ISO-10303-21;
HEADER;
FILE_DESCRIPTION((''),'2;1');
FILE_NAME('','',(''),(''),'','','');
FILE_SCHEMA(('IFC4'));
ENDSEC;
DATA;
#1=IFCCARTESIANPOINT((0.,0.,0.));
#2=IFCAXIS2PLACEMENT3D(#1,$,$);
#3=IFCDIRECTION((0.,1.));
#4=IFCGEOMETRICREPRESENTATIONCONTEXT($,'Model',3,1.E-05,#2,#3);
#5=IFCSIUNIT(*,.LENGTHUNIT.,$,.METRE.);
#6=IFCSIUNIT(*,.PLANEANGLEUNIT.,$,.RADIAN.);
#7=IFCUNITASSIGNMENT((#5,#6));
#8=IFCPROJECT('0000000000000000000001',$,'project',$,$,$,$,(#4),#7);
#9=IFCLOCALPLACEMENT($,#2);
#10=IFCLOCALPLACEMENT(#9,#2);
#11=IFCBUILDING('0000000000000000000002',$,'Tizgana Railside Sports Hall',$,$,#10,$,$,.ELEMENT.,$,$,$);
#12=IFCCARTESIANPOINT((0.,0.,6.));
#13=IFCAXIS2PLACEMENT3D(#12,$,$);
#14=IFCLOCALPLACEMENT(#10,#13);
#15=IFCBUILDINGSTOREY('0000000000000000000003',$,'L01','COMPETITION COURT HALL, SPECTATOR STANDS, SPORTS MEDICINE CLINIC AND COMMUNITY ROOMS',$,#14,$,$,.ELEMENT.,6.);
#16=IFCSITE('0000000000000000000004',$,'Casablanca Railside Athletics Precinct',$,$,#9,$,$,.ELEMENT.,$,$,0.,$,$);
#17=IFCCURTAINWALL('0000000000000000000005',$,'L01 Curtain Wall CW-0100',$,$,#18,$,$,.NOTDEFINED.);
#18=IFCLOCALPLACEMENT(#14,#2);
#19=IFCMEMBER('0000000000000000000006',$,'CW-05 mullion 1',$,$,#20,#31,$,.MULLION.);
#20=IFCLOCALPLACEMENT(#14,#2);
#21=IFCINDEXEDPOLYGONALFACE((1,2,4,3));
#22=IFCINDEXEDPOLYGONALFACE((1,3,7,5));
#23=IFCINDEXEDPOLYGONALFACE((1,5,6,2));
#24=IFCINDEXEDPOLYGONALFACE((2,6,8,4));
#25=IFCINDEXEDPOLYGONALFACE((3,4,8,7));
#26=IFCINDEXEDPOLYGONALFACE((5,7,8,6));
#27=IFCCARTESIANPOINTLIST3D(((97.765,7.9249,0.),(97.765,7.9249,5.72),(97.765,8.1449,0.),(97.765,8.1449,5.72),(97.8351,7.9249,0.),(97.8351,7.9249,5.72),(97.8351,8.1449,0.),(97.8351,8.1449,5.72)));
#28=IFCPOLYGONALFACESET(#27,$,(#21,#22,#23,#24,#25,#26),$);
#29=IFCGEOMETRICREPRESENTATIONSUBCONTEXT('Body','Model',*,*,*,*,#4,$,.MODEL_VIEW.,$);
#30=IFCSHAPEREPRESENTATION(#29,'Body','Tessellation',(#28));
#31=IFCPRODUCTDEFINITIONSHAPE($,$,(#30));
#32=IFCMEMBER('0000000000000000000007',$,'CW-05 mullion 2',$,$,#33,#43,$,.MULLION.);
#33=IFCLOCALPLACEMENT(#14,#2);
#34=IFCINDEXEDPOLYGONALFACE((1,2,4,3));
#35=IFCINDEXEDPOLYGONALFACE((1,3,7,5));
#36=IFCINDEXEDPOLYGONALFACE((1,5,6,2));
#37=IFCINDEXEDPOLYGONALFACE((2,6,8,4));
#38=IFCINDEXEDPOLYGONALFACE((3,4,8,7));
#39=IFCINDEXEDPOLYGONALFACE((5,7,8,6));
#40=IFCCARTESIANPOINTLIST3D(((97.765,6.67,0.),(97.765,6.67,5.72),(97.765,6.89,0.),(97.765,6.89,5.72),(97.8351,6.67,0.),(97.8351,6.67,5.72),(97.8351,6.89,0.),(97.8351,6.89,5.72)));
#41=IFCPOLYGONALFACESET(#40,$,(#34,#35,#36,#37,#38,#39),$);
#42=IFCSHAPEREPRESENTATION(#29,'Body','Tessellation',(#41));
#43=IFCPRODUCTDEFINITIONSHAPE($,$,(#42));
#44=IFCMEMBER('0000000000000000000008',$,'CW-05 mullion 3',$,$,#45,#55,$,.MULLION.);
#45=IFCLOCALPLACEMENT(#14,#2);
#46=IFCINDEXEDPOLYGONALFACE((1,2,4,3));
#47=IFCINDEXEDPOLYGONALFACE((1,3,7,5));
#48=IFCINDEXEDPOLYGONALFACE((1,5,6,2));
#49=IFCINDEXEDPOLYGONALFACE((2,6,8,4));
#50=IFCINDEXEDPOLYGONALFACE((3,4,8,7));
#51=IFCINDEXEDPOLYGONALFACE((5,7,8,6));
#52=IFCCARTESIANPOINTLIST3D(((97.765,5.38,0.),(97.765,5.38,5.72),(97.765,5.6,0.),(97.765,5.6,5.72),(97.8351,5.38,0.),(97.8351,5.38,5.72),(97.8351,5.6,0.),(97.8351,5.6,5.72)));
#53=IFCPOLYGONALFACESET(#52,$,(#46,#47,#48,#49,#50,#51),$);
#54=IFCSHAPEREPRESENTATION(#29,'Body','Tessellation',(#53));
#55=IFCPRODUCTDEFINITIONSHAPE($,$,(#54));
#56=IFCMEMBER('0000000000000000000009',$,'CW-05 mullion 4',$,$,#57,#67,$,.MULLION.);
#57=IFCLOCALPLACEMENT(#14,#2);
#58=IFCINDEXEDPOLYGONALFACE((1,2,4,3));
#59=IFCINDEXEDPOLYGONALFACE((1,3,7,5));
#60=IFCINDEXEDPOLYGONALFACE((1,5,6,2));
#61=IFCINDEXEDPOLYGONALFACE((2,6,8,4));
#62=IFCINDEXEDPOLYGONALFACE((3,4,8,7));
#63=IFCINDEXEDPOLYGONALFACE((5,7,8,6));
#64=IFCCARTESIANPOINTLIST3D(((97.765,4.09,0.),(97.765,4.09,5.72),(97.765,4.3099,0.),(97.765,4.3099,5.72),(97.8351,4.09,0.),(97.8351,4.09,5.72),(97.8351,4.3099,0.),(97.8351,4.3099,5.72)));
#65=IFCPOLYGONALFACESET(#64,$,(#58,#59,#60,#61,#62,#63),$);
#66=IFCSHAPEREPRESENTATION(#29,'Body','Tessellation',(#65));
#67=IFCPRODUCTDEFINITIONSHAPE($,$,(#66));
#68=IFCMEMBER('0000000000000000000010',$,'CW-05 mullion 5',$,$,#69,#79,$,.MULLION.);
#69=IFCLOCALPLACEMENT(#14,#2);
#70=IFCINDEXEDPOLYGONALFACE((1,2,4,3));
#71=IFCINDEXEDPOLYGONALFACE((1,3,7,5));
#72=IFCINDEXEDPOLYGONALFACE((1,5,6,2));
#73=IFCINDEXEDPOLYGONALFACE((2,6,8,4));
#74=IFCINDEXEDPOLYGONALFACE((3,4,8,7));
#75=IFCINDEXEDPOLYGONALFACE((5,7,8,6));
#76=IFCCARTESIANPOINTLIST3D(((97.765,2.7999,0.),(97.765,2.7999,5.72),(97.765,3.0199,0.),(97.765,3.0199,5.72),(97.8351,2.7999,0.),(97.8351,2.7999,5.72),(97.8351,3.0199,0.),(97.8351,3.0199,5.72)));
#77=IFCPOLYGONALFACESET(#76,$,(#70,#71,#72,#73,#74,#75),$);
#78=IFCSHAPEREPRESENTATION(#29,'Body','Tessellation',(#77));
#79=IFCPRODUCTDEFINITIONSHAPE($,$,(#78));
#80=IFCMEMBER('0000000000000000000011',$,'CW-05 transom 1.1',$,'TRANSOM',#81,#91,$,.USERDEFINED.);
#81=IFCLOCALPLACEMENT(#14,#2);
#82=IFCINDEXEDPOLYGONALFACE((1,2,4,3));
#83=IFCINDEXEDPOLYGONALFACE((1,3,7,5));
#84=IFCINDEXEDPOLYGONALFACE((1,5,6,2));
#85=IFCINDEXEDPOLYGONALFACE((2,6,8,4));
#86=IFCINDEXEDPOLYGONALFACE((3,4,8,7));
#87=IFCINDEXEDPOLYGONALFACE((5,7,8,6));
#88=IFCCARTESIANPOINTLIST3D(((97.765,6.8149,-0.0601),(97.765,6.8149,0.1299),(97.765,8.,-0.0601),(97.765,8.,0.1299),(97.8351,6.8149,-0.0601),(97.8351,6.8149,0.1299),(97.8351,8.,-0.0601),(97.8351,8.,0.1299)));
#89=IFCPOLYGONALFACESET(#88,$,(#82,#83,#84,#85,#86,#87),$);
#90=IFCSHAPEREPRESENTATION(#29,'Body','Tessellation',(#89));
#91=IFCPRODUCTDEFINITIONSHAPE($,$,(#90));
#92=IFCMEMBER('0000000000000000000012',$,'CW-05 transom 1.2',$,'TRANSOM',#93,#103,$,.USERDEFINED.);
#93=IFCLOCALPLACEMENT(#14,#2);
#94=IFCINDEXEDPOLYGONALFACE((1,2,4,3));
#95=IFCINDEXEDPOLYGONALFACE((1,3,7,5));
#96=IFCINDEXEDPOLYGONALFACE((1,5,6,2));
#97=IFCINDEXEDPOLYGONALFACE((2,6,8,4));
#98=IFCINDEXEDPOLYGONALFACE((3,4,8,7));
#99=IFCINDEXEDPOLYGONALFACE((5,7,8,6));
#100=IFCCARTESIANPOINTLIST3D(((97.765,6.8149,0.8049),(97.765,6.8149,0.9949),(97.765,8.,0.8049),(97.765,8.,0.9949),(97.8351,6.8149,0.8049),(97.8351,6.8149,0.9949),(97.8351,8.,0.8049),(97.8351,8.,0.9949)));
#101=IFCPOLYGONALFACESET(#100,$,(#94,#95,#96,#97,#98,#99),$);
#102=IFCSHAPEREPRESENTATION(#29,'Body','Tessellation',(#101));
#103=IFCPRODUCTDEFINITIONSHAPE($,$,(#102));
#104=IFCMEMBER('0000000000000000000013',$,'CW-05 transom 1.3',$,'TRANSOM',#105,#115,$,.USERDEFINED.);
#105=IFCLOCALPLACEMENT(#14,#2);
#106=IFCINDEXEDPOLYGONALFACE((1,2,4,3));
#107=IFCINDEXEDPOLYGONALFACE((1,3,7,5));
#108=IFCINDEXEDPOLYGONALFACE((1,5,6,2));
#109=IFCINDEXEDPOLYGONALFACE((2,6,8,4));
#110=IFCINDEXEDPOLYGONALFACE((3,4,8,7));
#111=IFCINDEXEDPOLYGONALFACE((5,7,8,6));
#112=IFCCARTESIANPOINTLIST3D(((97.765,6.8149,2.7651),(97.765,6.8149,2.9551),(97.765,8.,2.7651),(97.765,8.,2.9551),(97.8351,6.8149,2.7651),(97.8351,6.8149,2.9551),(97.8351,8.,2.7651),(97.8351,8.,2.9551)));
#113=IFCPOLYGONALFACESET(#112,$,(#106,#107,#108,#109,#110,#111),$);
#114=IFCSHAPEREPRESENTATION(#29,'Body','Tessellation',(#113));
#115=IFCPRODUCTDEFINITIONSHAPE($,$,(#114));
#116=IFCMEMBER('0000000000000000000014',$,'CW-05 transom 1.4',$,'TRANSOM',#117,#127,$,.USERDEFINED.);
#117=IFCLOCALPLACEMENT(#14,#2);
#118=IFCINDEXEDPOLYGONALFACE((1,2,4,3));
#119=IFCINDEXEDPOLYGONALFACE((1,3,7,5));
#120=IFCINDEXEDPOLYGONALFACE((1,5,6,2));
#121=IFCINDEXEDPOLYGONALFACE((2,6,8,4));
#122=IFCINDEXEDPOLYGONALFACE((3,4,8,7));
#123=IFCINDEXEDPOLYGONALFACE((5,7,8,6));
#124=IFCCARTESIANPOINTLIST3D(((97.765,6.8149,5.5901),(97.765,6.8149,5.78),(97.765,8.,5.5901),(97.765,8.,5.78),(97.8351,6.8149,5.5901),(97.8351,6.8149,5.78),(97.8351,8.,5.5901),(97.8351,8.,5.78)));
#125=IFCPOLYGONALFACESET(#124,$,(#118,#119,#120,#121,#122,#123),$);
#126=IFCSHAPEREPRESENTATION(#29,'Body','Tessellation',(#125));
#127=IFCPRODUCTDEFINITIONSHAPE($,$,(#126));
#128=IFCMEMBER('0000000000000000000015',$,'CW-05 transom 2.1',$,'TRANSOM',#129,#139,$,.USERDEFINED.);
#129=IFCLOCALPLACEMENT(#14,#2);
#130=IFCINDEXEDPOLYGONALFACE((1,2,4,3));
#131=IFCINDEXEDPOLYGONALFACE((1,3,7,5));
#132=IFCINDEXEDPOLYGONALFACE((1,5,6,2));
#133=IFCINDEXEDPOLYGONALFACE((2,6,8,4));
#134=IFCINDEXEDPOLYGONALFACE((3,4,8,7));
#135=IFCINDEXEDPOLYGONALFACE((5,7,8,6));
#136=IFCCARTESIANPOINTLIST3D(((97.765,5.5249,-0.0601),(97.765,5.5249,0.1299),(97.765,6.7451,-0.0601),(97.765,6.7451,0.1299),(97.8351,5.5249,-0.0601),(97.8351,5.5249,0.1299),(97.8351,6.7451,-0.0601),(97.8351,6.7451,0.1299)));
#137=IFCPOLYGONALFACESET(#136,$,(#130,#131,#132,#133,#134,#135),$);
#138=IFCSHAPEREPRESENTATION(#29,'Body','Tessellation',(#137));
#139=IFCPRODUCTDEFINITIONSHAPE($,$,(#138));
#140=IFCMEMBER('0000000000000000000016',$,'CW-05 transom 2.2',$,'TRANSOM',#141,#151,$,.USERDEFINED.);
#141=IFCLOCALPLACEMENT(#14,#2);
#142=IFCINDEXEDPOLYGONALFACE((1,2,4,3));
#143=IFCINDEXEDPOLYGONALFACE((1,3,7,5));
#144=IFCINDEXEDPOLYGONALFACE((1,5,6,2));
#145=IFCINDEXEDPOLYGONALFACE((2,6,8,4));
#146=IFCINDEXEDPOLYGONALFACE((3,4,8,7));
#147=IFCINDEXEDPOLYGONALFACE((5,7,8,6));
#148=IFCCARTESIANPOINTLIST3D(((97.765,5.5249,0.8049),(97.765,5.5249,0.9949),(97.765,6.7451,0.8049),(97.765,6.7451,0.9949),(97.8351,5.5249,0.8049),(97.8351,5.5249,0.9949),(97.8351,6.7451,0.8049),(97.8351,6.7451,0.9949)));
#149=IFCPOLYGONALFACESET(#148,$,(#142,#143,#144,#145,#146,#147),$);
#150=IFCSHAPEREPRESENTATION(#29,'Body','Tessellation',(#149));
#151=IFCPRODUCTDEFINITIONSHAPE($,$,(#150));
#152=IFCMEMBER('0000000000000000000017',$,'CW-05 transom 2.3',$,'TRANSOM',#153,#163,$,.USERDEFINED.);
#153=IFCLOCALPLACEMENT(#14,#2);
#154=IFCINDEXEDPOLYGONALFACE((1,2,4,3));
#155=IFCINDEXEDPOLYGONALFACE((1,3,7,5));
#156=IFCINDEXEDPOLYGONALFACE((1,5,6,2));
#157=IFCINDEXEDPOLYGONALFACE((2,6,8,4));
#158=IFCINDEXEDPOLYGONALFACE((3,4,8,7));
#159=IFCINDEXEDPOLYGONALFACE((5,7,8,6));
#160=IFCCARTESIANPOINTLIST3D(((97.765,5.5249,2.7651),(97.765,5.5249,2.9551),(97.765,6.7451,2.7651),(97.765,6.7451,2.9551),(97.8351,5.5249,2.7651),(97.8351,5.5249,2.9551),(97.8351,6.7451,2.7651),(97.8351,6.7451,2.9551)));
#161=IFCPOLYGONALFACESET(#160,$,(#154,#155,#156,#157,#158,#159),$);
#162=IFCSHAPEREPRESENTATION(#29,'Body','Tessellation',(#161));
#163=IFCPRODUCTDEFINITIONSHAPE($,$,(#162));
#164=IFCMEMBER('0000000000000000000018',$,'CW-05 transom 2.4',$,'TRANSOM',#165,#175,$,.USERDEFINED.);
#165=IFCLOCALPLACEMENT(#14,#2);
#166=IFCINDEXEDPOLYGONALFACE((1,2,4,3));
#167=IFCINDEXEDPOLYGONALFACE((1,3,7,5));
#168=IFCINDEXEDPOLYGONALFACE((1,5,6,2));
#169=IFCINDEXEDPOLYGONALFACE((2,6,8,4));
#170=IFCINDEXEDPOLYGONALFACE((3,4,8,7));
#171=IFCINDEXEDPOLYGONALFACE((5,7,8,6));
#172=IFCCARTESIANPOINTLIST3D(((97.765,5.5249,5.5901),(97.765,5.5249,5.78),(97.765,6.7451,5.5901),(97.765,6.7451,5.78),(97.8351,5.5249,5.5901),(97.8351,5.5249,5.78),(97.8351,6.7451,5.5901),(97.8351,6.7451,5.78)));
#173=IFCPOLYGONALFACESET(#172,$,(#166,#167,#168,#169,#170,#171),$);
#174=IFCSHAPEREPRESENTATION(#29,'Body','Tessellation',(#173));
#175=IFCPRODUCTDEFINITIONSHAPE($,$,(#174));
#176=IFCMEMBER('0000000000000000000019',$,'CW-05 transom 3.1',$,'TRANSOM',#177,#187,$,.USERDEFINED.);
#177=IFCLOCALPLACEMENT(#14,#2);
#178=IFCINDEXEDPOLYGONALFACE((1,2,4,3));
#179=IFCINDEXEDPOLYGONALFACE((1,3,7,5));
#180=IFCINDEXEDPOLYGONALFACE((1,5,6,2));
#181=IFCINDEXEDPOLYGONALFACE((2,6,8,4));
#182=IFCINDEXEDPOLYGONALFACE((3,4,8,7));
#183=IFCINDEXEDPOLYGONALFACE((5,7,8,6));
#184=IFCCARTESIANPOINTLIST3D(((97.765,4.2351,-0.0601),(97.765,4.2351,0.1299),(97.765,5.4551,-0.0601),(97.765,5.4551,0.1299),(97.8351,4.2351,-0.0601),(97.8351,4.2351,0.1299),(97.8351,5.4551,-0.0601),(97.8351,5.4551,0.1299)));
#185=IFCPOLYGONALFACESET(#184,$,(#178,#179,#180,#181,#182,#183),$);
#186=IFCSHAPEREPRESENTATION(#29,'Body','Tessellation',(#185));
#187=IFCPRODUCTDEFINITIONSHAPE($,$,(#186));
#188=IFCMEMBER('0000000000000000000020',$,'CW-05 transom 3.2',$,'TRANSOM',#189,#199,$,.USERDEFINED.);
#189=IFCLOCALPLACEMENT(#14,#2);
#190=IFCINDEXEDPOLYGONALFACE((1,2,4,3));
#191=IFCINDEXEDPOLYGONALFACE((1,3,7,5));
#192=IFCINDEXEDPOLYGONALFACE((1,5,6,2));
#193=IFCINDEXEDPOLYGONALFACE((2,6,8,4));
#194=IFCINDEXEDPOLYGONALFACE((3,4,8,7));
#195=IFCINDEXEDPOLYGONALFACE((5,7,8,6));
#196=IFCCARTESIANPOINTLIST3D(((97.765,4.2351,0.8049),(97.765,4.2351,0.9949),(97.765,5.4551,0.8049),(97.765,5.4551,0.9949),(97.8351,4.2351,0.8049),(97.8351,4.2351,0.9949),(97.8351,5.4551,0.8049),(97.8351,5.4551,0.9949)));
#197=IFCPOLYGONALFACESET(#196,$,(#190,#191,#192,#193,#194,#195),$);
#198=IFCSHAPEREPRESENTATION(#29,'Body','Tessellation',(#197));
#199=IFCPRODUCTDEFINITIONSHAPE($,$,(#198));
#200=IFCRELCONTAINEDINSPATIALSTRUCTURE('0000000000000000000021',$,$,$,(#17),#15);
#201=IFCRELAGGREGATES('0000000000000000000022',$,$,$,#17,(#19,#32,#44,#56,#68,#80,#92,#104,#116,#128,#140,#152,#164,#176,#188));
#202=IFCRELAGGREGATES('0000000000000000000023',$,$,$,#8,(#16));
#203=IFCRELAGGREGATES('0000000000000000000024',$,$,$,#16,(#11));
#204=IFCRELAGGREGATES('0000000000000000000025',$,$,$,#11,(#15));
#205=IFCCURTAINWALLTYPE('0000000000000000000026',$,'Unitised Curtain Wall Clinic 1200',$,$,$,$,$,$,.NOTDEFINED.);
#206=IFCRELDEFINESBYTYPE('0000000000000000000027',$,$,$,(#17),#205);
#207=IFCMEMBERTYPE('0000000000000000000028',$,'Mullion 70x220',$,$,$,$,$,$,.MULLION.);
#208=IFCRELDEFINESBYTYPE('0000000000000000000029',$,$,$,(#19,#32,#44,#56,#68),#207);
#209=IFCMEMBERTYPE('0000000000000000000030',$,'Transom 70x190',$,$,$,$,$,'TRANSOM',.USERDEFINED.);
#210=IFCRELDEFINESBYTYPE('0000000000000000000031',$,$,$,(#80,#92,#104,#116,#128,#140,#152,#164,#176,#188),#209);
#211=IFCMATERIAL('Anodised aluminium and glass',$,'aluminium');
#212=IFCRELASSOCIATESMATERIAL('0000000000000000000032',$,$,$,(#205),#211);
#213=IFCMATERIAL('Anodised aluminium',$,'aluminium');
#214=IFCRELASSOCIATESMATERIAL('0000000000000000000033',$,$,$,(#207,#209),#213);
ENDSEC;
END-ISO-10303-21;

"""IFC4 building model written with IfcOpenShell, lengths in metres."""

from ifc_helpers import new_model, si_unit, direction, frame, origin, origin_2d, place, context, subcontext, project, spatial, rectangle, extrude, material, material_profile, profile_set, type_object, element, aggregate, save


model = new_model("IFC4")

# Units and contexts
model_context = context("Model", 3, precision=1e-05, world=origin(), true_north=direction((0.0, 1.0)))
body_context = subcontext(model_context, "Body", "Model", "MODEL_VIEW")
ifc_project = project(units=[si_unit("LENGTHUNIT", "METRE"), si_unit("PLANEANGLEUNIT", "RADIAN")], contexts=[model_context])

# Site, building, storey
site_placement = place(None, origin())
site = spatial("IfcSite", under=ifc_project, at=site_placement, Name="Casablanca Railside Athletics Precinct", CompositionType="ELEMENT", RefElevation=0.0)
building_placement = place(site_placement, origin())
building = spatial("IfcBuilding", under=site, at=building_placement, Name="Tizgana Railside Sports Hall", CompositionType="ELEMENT")
storey_placement = place(building_placement, frame((0.0, 0.0, 6.0)))
storey = spatial("IfcBuildingStorey", under=building, at=storey_placement, Name="L01", Description="COMPETITION COURT HALL, SPECTATOR STANDS, SPORTS MEDICINE CLINIC AND COMMUNITY ROOMS", CompositionType="ELEMENT", Elevation=6.0)

# Curtain wall, members
ifc_material_1 = material(Name="Anodised aluminium and glass", Category="aluminium")
curtain_wall_type = type_object("IfcCurtainWallType", Name="Unitised Curtain Wall Clinic 1200", PredefinedType="NOTDEFINED", material=ifc_material_1)
curtain_wall_placement = place(storey_placement, origin())
curtain_wall = element("IfcCurtainWall", 1, at=curtain_wall_placement, inside=storey, type_object=curtain_wall_type, Name="L01 Curtain Wall CW-0100", PredefinedType="NOTDEFINED")
ifc_material_2 = material(Name="Anodised aluminium", Category="aluminium")
ifc_material_profile_1 = material_profile(ifc_material_2, rectangle(XDim=0.0701, YDim=0.22, at=origin_2d()), Name="Mullion 70x220")
ifc_profile_set_1 = profile_set([ifc_material_profile_1], Name="Anodised aluminium")
member_type_1 = type_object("IfcMemberType", Name="Mullion 70x220", PredefinedType="MULLION", material=ifc_profile_set_1)
member_1_placement = place(storey_placement, frame((97.8, 8.0349, 0.0), z_axis=(0.0, 0.0, 1.0), x_axis=(1.0, 0.0, 0.0)))
member_1 = element("IfcMember", 2, at=member_1_placement, type_object=member_type_1, Name="CW-05 mullion 1", PredefinedType="MULLION", context=body_context, shape_type="SweptSolid", body=[
    extrude(rectangle(XDim=0.0701, YDim=0.22, at=origin_2d()), origin(), (0.0, 0.0, 1.0), 5.72),
])
member_2_placement = place(storey_placement, frame((97.8, 6.78, 0.0), z_axis=(0.0, 0.0, 1.0), x_axis=(1.0, 0.0, 0.0)))
member_2 = element("IfcMember", 3, at=member_2_placement, type_object=member_type_1, Name="CW-05 mullion 2", PredefinedType="MULLION", context=body_context, shape_type="SweptSolid", body=[
    extrude(rectangle(XDim=0.0701, YDim=0.22, at=origin_2d()), origin(), (0.0, 0.0, 1.0), 5.72),
])
member_3_placement = place(storey_placement, frame((97.8, 5.49, 0.0), z_axis=(0.0, 0.0, 1.0), x_axis=(1.0, 0.0, 0.0)))
member_3 = element("IfcMember", 4, at=member_3_placement, type_object=member_type_1, Name="CW-05 mullion 3", PredefinedType="MULLION", context=body_context, shape_type="SweptSolid", body=[
    extrude(rectangle(XDim=0.0701, YDim=0.22, at=origin_2d()), origin(), (0.0, 0.0, 1.0), 5.72),
])
member_4_placement = place(storey_placement, frame((97.8, 4.2, 0.0), z_axis=(0.0, 0.0, 1.0), x_axis=(1.0, 0.0, 0.0)))
member_4 = element("IfcMember", 5, at=member_4_placement, type_object=member_type_1, Name="CW-05 mullion 4", PredefinedType="MULLION", context=body_context, shape_type="SweptSolid", body=[
    extrude(rectangle(XDim=0.0701, YDim=0.22, at=origin_2d()), origin(), (0.0, 0.0, 1.0), 5.72),
])
member_5_placement = place(storey_placement, frame((97.8, 2.9099, 0.0), z_axis=(0.0, 0.0, 1.0), x_axis=(1.0, 0.0, 0.0)))
member_5 = element("IfcMember", 6, at=member_5_placement, type_object=member_type_1, Name="CW-05 mullion 5", PredefinedType="MULLION", context=body_context, shape_type="SweptSolid", body=[
    extrude(rectangle(XDim=0.0701, YDim=0.22, at=origin_2d()), origin(), (0.0, 0.0, 1.0), 5.72),
])
ifc_material_profile_2 = material_profile(ifc_material_2, rectangle(XDim=0.0701, YDim=0.1899, at=origin_2d()), Name="Transom 70x190")
ifc_profile_set_2 = profile_set([ifc_material_profile_2], Name="Anodised aluminium")
member_type_2 = type_object("IfcMemberType", Name="Transom 70x190", ElementType="TRANSOM", PredefinedType="USERDEFINED", material=ifc_profile_set_2)
member_6_placement = place(storey_placement, frame((97.8, 8.0, 0.0349), z_axis=(0.0, -1.0, 0.0), x_axis=(1.0, 0.0, 0.0)))
member_6 = element("IfcMember", 7, at=member_6_placement, type_object=member_type_2, Name="CW-05 transom 1.1", ObjectType="TRANSOM", PredefinedType="USERDEFINED", context=body_context, shape_type="SweptSolid", body=[
    extrude(rectangle(XDim=0.0701, YDim=0.1899, at=origin_2d()), origin(), (0.0, 0.0, 1.0), 1.1851),
])
member_7_placement = place(storey_placement, frame((97.8, 8.0, 0.8999), z_axis=(0.0, -1.0, 0.0), x_axis=(1.0, 0.0, 0.0)))
member_7 = element("IfcMember", 8, at=member_7_placement, type_object=member_type_2, Name="CW-05 transom 1.2", ObjectType="TRANSOM", PredefinedType="USERDEFINED", context=body_context, shape_type="SweptSolid", body=[
    extrude(rectangle(XDim=0.0701, YDim=0.1899, at=origin_2d()), origin(), (0.0, 0.0, 1.0), 1.1851),
])
member_8_placement = place(storey_placement, frame((97.8, 8.0, 2.8601), z_axis=(0.0, -1.0, 0.0), x_axis=(1.0, 0.0, 0.0)))
member_8 = element("IfcMember", 9, at=member_8_placement, type_object=member_type_2, Name="CW-05 transom 1.3", ObjectType="TRANSOM", PredefinedType="USERDEFINED", context=body_context, shape_type="SweptSolid", body=[
    extrude(rectangle(XDim=0.0701, YDim=0.1899, at=origin_2d()), origin(), (0.0, 0.0, 1.0), 1.1851),
])
member_9_placement = place(storey_placement, frame((97.8, 8.0, 5.6851), z_axis=(0.0, -1.0, 0.0), x_axis=(1.0, 0.0, 0.0)))
member_9 = element("IfcMember", 10, at=member_9_placement, type_object=member_type_2, Name="CW-05 transom 1.4", ObjectType="TRANSOM", PredefinedType="USERDEFINED", context=body_context, shape_type="SweptSolid", body=[
    extrude(rectangle(XDim=0.0701, YDim=0.1899, at=origin_2d()), origin(), (0.0, 0.0, 1.0), 1.1851),
])
member_10_placement = place(storey_placement, frame((97.8, 6.7451, 0.0349), z_axis=(0.0, -1.0, 0.0), x_axis=(1.0, 0.0, 0.0)))
member_10 = element("IfcMember", 11, at=member_10_placement, type_object=member_type_2, Name="CW-05 transom 2.1", ObjectType="TRANSOM", PredefinedType="USERDEFINED", context=body_context, shape_type="SweptSolid", body=[
    extrude(rectangle(XDim=0.0701, YDim=0.1899, at=origin_2d()), origin(), (0.0, 0.0, 1.0), 1.2202),
])
member_11_placement = place(storey_placement, frame((97.8, 6.7451, 0.8999), z_axis=(0.0, -1.0, 0.0), x_axis=(1.0, 0.0, 0.0)))
member_11 = element("IfcMember", 12, at=member_11_placement, type_object=member_type_2, Name="CW-05 transom 2.2", ObjectType="TRANSOM", PredefinedType="USERDEFINED", context=body_context, shape_type="SweptSolid", body=[
    extrude(rectangle(XDim=0.0701, YDim=0.1899, at=origin_2d()), origin(), (0.0, 0.0, 1.0), 1.2202),
])
member_12_placement = place(storey_placement, frame((97.8, 6.7451, 2.8601), z_axis=(0.0, -1.0, 0.0), x_axis=(1.0, 0.0, 0.0)))
member_12 = element("IfcMember", 13, at=member_12_placement, type_object=member_type_2, Name="CW-05 transom 2.3", ObjectType="TRANSOM", PredefinedType="USERDEFINED", context=body_context, shape_type="SweptSolid", body=[
    extrude(rectangle(XDim=0.0701, YDim=0.1899, at=origin_2d()), origin(), (0.0, 0.0, 1.0), 1.2202),
])
member_13_placement = place(storey_placement, frame((97.8, 6.7451, 5.6851), z_axis=(0.0, -1.0, 0.0), x_axis=(1.0, 0.0, 0.0)))
member_13 = element("IfcMember", 14, at=member_13_placement, type_object=member_type_2, Name="CW-05 transom 2.4", ObjectType="TRANSOM", PredefinedType="USERDEFINED", context=body_context, shape_type="SweptSolid", body=[
    extrude(rectangle(XDim=0.0701, YDim=0.1899, at=origin_2d()), origin(), (0.0, 0.0, 1.0), 1.2202),
])
member_14_placement = place(storey_placement, frame((97.8, 5.4551, 0.0349), z_axis=(0.0, -1.0, 0.0), x_axis=(1.0, 0.0, 0.0)))
member_14 = element("IfcMember", 15, at=member_14_placement, type_object=member_type_2, Name="CW-05 transom 3.1", ObjectType="TRANSOM", PredefinedType="USERDEFINED", context=body_context, shape_type="SweptSolid", body=[
    extrude(rectangle(XDim=0.0701, YDim=0.1899, at=origin_2d()), origin(), (0.0, 0.0, 1.0), 1.22),
])
member_15_placement = place(storey_placement, frame((97.8, 5.4551, 0.8999), z_axis=(0.0, -1.0, 0.0), x_axis=(1.0, 0.0, 0.0)))
member_15 = element("IfcMember", 16, at=member_15_placement, type_object=member_type_2, Name="CW-05 transom 3.2", ObjectType="TRANSOM", PredefinedType="USERDEFINED", context=body_context, shape_type="SweptSolid", body=[
    extrude(rectangle(XDim=0.0701, YDim=0.1899, at=origin_2d()), origin(), (0.0, 0.0, 1.0), 1.22),
])
aggregate(curtain_wall, [member_1, member_2, member_3, member_4, member_5, member_6, member_7, member_8, member_9, member_10, member_11, member_12, member_13, member_14, member_15])

save(model, "model.ifc")
